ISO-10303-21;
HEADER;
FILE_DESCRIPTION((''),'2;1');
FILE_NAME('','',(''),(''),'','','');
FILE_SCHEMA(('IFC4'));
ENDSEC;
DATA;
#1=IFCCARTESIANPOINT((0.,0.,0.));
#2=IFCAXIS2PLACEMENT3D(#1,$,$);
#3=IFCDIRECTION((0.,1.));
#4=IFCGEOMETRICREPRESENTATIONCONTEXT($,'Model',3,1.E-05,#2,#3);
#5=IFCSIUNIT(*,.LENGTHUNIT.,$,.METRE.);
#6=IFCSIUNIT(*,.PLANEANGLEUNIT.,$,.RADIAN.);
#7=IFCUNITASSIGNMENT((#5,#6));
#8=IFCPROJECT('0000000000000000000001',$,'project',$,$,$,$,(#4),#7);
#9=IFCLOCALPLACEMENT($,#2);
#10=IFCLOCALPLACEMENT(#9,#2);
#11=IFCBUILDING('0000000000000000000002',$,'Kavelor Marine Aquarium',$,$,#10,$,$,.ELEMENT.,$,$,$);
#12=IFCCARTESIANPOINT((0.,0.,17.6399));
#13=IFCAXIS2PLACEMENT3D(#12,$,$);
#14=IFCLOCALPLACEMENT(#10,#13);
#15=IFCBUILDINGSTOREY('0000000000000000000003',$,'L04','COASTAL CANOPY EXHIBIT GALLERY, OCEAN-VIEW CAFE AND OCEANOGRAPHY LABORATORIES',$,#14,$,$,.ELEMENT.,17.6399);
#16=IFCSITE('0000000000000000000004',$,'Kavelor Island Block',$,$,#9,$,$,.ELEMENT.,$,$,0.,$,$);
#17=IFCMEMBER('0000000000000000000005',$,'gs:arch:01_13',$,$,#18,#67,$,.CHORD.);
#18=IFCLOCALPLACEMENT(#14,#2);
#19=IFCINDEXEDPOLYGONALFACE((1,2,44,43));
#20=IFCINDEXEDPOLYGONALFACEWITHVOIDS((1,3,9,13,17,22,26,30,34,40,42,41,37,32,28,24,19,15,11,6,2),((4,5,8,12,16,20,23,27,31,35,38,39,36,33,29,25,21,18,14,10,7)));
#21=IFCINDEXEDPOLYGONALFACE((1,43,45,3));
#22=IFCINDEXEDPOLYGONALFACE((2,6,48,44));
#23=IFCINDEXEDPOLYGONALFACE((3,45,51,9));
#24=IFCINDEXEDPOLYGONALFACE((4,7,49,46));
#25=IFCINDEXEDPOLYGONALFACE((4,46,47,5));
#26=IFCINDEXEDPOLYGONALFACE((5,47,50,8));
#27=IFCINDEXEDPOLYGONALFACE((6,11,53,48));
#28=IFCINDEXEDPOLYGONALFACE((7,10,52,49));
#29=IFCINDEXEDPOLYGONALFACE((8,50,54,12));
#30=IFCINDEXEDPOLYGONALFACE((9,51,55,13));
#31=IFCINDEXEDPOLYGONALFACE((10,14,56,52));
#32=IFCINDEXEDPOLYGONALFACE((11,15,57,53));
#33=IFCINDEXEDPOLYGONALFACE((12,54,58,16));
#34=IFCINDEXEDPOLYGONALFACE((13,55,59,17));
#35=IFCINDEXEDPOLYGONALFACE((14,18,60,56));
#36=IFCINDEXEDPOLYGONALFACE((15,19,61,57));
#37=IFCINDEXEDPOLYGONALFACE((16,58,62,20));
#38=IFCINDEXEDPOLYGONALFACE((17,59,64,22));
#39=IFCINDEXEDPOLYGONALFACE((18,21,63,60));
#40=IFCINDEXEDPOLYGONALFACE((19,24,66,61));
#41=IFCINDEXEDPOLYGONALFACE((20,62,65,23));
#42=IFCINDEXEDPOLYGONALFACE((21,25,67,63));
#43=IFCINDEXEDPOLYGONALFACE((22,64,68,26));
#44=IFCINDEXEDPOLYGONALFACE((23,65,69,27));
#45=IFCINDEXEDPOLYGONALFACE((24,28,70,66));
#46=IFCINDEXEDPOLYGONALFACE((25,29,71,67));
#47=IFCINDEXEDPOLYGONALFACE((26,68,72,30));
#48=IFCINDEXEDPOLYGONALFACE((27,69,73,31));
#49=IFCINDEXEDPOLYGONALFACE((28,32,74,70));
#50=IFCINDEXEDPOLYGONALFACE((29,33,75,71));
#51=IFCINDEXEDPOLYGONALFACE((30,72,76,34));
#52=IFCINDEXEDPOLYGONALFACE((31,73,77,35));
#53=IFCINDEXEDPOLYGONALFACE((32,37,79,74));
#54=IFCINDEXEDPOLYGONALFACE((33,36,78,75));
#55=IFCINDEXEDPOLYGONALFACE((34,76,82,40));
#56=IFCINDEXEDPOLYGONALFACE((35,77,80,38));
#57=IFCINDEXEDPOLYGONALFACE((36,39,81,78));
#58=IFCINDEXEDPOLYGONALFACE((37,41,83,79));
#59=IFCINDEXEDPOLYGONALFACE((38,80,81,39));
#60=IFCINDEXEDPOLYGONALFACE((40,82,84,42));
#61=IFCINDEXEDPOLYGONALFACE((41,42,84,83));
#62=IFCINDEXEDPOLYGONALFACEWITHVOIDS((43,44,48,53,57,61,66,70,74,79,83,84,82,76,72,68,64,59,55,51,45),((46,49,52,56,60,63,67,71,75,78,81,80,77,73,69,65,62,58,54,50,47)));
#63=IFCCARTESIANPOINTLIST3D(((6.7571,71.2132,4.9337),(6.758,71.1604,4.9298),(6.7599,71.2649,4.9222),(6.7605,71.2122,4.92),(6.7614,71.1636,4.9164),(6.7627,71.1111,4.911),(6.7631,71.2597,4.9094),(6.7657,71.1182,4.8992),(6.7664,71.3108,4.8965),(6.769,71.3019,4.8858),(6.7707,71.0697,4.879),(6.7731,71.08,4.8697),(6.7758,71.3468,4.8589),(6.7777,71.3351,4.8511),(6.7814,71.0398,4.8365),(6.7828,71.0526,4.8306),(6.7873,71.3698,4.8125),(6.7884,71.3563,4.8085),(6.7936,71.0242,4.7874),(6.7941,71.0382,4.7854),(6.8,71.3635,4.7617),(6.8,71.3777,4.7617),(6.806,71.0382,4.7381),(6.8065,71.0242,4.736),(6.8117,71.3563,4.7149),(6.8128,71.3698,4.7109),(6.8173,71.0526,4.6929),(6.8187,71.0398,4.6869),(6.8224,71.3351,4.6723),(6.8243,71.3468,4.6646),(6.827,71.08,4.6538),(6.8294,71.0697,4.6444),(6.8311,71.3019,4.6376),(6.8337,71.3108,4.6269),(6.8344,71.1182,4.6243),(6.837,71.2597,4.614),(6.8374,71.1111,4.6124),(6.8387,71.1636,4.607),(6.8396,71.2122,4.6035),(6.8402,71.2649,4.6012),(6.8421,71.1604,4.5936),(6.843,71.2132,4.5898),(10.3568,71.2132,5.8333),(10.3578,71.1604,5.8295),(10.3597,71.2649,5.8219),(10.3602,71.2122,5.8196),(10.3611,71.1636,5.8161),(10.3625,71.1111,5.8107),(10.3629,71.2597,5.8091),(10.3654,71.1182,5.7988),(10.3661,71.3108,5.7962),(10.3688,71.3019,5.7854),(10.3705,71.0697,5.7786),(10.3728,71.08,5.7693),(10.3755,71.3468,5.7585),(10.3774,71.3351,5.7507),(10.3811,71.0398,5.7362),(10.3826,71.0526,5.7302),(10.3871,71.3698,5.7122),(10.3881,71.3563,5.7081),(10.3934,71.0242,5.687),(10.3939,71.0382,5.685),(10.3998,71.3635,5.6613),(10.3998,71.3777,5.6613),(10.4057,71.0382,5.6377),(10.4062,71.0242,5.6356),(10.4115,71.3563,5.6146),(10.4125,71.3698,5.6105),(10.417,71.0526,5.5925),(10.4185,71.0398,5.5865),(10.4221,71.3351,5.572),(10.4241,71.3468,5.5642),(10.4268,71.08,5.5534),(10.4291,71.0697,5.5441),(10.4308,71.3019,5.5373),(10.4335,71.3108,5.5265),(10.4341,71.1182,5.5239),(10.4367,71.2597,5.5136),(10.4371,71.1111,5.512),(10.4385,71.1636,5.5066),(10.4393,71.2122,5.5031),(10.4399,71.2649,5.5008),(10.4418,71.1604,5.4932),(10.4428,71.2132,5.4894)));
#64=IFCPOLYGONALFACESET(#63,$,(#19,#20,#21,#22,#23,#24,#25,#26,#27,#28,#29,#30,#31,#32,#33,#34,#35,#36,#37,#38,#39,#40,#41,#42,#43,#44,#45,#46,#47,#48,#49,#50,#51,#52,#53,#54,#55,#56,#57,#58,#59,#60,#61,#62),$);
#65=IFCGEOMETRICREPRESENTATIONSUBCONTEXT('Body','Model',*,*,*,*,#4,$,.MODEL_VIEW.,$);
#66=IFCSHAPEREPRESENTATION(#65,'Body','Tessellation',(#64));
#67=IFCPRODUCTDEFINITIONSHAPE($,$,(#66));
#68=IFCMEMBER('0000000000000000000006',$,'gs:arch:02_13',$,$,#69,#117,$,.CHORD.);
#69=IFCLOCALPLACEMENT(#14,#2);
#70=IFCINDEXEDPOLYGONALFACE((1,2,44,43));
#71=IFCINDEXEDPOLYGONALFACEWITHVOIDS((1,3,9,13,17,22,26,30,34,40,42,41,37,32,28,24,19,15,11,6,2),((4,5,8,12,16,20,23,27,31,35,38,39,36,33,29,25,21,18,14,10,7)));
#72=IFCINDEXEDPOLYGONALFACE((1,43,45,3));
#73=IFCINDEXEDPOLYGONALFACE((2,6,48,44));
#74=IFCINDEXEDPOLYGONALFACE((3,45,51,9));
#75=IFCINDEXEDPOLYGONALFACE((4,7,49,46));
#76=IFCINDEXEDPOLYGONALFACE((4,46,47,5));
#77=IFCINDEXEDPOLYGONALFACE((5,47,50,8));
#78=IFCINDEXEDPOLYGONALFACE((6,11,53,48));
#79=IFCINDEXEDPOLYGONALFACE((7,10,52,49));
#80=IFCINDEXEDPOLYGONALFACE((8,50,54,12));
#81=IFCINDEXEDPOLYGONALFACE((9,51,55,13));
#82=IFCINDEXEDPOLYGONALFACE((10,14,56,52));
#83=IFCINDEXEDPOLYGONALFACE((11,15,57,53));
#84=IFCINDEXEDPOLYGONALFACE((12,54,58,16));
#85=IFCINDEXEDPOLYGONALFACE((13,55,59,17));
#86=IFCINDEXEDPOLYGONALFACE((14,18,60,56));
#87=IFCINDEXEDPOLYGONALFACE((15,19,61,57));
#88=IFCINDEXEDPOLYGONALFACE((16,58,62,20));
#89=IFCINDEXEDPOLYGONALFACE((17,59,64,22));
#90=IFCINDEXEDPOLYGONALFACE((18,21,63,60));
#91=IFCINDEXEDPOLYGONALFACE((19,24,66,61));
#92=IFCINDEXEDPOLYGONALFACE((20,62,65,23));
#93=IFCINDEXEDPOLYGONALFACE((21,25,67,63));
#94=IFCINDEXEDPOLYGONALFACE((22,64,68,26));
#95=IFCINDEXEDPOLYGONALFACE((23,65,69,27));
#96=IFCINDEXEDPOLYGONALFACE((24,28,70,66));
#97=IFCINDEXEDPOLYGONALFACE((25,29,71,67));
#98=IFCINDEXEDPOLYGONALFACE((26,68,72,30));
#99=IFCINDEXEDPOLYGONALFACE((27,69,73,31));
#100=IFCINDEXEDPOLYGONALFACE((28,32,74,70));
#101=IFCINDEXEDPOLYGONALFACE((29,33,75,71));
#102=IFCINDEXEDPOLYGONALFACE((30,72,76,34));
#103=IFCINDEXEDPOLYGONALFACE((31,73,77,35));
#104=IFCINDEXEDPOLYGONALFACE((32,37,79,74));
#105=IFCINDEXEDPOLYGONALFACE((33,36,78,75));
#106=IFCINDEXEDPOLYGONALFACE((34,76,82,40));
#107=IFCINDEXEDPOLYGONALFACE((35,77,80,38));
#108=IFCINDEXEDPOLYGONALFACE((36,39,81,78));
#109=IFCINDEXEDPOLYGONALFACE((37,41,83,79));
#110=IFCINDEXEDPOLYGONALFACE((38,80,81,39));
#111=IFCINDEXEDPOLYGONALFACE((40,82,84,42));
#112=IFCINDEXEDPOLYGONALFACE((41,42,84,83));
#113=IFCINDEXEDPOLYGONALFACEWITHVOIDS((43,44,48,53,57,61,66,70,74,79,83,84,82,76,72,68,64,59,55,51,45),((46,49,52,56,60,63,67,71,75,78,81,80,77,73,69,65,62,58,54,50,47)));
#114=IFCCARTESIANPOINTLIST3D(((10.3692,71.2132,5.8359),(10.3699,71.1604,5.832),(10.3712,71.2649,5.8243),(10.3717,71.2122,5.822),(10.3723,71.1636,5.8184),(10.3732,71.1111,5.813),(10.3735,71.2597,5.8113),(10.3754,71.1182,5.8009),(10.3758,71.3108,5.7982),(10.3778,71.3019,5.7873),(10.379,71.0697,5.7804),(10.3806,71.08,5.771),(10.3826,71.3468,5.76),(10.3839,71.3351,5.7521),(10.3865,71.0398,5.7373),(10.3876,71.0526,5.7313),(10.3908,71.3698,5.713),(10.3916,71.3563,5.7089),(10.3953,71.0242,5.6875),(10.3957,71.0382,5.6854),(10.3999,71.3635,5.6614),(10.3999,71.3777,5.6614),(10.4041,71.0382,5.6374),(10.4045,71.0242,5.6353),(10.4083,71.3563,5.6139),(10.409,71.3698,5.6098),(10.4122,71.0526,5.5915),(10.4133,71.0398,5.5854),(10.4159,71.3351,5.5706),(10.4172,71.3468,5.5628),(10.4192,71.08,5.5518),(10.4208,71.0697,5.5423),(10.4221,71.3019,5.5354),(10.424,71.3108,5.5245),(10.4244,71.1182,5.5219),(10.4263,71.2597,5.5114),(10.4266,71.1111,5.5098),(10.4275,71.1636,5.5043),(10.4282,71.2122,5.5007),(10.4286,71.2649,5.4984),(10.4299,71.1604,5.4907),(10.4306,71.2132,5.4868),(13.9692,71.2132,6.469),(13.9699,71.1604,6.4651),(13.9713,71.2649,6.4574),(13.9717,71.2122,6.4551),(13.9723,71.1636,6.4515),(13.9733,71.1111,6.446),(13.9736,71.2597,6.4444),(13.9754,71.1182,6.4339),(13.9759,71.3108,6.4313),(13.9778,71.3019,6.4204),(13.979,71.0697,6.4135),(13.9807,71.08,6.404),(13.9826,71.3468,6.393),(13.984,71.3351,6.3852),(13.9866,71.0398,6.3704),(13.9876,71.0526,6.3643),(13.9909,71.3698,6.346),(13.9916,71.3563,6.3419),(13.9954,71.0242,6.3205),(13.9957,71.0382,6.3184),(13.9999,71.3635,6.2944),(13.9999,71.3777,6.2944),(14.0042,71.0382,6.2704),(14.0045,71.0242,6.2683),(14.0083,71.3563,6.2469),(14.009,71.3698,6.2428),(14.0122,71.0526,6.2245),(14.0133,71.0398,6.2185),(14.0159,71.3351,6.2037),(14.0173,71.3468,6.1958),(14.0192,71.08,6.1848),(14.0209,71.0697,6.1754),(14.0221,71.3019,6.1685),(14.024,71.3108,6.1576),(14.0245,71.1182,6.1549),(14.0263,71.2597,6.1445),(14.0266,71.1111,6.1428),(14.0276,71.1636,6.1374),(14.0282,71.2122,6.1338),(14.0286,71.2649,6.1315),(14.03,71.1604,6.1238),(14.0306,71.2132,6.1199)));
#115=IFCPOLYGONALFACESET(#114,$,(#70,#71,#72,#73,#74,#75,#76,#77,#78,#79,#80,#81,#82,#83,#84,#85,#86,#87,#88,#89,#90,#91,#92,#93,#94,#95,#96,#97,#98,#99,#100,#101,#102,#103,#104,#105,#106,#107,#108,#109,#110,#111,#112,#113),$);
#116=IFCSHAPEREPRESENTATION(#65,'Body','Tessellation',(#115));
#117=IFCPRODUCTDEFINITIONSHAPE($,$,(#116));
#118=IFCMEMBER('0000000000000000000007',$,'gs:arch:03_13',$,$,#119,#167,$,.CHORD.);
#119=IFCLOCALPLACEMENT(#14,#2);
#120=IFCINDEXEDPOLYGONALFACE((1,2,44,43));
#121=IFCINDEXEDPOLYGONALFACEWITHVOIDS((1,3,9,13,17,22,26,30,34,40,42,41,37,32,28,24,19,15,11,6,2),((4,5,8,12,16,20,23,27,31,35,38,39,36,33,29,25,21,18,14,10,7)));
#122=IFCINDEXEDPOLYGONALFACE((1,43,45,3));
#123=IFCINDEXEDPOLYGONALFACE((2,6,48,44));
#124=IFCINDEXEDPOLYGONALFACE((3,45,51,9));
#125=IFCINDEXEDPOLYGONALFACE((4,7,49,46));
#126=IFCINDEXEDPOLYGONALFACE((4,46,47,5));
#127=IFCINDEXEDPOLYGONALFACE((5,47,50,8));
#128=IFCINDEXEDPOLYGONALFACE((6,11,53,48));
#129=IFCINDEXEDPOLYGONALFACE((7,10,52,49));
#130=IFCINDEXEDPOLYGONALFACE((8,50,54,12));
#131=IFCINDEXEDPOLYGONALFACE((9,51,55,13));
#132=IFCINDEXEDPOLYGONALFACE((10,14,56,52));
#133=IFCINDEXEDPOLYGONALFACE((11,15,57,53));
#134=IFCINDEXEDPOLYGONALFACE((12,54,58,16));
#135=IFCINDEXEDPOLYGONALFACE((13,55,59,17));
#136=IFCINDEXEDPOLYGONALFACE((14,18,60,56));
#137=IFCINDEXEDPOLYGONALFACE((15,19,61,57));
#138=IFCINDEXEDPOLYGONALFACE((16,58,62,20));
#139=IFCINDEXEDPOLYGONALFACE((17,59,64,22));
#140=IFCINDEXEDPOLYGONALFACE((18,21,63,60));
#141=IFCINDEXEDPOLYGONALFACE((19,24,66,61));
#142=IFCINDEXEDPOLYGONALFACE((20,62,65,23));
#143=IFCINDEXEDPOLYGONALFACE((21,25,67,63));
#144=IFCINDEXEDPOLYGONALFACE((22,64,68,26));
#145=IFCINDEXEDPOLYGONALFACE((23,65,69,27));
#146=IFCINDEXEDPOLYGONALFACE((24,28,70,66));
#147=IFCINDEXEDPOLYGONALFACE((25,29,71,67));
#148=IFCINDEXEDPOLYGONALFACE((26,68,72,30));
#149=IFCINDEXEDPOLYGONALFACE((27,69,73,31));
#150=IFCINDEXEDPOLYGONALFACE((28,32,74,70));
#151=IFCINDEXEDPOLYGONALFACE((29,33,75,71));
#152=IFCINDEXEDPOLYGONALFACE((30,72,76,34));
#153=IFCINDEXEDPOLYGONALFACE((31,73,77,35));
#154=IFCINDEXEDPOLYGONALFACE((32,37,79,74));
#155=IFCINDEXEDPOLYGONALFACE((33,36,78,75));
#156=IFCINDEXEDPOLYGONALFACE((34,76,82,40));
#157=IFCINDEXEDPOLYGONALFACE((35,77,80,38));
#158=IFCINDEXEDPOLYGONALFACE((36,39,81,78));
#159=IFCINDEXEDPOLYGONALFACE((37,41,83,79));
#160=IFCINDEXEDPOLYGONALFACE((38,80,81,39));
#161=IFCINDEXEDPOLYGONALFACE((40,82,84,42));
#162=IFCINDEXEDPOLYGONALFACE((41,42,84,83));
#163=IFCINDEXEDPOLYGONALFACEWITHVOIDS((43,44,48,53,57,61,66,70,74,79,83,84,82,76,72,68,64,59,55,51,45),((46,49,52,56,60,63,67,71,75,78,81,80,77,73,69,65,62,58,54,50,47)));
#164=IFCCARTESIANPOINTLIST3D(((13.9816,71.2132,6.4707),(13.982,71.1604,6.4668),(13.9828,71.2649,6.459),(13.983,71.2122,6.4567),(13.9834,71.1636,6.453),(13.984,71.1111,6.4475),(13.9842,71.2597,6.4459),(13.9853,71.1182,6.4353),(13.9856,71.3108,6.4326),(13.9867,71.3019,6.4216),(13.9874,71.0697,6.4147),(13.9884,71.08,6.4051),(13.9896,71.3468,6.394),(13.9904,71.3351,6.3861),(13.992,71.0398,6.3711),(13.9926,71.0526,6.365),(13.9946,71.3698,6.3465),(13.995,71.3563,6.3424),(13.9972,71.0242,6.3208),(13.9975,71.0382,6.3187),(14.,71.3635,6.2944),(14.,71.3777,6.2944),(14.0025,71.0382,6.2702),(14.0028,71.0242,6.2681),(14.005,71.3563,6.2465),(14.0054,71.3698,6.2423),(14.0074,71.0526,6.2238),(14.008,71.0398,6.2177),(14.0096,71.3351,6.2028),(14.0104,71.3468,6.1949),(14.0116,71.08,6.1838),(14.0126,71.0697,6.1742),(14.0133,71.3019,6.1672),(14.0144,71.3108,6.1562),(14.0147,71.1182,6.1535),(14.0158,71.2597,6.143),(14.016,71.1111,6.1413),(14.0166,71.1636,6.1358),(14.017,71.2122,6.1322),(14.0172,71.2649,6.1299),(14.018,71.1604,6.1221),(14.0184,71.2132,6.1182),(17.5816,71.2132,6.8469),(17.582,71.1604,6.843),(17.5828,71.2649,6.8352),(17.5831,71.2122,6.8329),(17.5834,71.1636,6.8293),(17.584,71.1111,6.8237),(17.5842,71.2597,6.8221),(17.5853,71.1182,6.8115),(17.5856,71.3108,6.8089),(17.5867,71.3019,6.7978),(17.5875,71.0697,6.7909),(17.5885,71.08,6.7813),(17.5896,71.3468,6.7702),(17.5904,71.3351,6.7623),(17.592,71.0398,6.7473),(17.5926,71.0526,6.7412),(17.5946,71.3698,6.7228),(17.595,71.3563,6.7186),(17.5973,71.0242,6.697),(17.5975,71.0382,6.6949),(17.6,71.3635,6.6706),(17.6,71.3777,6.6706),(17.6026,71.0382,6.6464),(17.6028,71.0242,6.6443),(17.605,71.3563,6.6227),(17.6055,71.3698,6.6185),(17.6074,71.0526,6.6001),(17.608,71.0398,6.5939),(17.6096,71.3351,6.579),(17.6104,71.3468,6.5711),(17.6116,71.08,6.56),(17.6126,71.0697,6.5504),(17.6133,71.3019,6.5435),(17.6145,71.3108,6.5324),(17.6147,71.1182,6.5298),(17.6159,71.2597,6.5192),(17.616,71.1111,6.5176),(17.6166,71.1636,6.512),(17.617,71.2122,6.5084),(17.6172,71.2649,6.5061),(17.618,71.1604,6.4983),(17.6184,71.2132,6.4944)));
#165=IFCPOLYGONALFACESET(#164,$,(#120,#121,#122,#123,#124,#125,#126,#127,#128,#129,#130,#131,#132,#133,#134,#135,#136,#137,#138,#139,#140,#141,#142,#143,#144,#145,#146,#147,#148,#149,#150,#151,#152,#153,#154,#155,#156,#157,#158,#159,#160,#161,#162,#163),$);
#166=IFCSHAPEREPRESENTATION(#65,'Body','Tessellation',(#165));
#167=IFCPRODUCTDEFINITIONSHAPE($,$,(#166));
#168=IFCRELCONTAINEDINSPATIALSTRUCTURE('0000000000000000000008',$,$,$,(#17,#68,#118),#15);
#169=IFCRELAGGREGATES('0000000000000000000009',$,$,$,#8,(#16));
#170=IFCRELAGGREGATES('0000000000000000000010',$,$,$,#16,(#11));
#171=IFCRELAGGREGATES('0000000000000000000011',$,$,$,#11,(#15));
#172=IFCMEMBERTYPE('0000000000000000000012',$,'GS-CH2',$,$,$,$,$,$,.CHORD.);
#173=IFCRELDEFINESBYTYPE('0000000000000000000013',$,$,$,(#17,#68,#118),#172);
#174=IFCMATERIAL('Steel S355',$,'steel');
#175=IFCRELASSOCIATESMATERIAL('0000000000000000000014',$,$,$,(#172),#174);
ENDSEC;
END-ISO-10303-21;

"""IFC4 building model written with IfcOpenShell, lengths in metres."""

from ifc_helpers import new_model, si_unit, direction, frame, origin, origin_2d, place, context, subcontext, project, spatial, hollow_circle, extrude, material, material_profile, profile_set, type_object, element, save


model = new_model("IFC4")

# Units and contexts
model_context = context("Model", 3, precision=1e-05, world=origin(), true_north=direction((0.0, 1.0)))
body_context = subcontext(model_context, "Body", "Model", "MODEL_VIEW")
ifc_project = project(units=[si_unit("LENGTHUNIT", "METRE"), si_unit("PLANEANGLEUNIT", "RADIAN")], contexts=[model_context])

# Site, building, storey
site_placement = place(None, origin())
site = spatial("IfcSite", under=ifc_project, at=site_placement, Name="Kavelor Island Block", CompositionType="ELEMENT", RefElevation=0.0)
building_placement = place(site_placement, origin())
building = spatial("IfcBuilding", under=site, at=building_placement, Name="Kavelor Marine Aquarium", CompositionType="ELEMENT")
storey_placement = place(building_placement, frame((0.0, 0.0, 17.6399)))
storey = spatial("IfcBuildingStorey", under=building, at=storey_placement, Name="L04", Description="COASTAL CANOPY EXHIBIT GALLERY, OCEAN-VIEW CAFE AND OCEANOGRAPHY LABORATORIES", CompositionType="ELEMENT", Elevation=17.6399)

# Members
ifc_material_1 = material(Name="Steel S355", Category="steel")
ifc_material_profile_1 = material_profile(ifc_material_1, hollow_circle(Radius=0.1777, WallThickness=0.0142, at=origin_2d()), Name="CHS 355.6x14.2")
ifc_profile_set_1 = profile_set([ifc_material_profile_1], Name="Steel S355")
member_type_1 = type_object("IfcMemberType", Name="GS-CH2", PredefinedType="CHORD", material=ifc_profile_set_1)
member_1_placement = place(storey_placement, frame((6.8, 71.2, 4.7617), z_axis=(0.970162, 0.0, 0.242458), x_axis=(0.0, 1.0, 0.0)))
element("IfcMember", 1, at=member_1_placement, inside=storey, type_object=member_type_1, Name="gs:arch:01_13", PredefinedType="CHORD", context=body_context, shape_type="SweptSolid", body=[
    extrude(hollow_circle(Radius=0.1777, WallThickness=0.0142, at=origin_2d()), origin(), (0.0, 0.0, 1.0), 3.7104),
])
member_2_placement = place(storey_placement, frame((10.3999, 71.2, 5.6614), z_axis=(0.984889, 0.0, 0.173187), x_axis=(0.0, 1.0, 0.0)))
element("IfcMember", 2, at=member_2_placement, inside=storey, type_object=member_type_1, Name="gs:arch:02_13", PredefinedType="CHORD", context=body_context, shape_type="SweptSolid", body=[
    extrude(hollow_circle(Radius=0.1777, WallThickness=0.0142, at=origin_2d()), origin(), (0.0, 0.0, 1.0), 3.6553),
])
member_3_placement = place(storey_placement, frame((14.0, 71.2, 6.2944), z_axis=(0.994584, 0.0, 0.103937), x_axis=(0.0, 1.0, 0.0)))
element("IfcMember", 3, at=member_3_placement, inside=storey, type_object=member_type_1, Name="gs:arch:03_13", PredefinedType="CHORD", context=body_context, shape_type="SweptSolid", body=[
    extrude(hollow_circle(Radius=0.1777, WallThickness=0.0142, at=origin_2d()), origin(), (0.0, 0.0, 1.0), 3.6196),
])

save(model, "model.ifc")
